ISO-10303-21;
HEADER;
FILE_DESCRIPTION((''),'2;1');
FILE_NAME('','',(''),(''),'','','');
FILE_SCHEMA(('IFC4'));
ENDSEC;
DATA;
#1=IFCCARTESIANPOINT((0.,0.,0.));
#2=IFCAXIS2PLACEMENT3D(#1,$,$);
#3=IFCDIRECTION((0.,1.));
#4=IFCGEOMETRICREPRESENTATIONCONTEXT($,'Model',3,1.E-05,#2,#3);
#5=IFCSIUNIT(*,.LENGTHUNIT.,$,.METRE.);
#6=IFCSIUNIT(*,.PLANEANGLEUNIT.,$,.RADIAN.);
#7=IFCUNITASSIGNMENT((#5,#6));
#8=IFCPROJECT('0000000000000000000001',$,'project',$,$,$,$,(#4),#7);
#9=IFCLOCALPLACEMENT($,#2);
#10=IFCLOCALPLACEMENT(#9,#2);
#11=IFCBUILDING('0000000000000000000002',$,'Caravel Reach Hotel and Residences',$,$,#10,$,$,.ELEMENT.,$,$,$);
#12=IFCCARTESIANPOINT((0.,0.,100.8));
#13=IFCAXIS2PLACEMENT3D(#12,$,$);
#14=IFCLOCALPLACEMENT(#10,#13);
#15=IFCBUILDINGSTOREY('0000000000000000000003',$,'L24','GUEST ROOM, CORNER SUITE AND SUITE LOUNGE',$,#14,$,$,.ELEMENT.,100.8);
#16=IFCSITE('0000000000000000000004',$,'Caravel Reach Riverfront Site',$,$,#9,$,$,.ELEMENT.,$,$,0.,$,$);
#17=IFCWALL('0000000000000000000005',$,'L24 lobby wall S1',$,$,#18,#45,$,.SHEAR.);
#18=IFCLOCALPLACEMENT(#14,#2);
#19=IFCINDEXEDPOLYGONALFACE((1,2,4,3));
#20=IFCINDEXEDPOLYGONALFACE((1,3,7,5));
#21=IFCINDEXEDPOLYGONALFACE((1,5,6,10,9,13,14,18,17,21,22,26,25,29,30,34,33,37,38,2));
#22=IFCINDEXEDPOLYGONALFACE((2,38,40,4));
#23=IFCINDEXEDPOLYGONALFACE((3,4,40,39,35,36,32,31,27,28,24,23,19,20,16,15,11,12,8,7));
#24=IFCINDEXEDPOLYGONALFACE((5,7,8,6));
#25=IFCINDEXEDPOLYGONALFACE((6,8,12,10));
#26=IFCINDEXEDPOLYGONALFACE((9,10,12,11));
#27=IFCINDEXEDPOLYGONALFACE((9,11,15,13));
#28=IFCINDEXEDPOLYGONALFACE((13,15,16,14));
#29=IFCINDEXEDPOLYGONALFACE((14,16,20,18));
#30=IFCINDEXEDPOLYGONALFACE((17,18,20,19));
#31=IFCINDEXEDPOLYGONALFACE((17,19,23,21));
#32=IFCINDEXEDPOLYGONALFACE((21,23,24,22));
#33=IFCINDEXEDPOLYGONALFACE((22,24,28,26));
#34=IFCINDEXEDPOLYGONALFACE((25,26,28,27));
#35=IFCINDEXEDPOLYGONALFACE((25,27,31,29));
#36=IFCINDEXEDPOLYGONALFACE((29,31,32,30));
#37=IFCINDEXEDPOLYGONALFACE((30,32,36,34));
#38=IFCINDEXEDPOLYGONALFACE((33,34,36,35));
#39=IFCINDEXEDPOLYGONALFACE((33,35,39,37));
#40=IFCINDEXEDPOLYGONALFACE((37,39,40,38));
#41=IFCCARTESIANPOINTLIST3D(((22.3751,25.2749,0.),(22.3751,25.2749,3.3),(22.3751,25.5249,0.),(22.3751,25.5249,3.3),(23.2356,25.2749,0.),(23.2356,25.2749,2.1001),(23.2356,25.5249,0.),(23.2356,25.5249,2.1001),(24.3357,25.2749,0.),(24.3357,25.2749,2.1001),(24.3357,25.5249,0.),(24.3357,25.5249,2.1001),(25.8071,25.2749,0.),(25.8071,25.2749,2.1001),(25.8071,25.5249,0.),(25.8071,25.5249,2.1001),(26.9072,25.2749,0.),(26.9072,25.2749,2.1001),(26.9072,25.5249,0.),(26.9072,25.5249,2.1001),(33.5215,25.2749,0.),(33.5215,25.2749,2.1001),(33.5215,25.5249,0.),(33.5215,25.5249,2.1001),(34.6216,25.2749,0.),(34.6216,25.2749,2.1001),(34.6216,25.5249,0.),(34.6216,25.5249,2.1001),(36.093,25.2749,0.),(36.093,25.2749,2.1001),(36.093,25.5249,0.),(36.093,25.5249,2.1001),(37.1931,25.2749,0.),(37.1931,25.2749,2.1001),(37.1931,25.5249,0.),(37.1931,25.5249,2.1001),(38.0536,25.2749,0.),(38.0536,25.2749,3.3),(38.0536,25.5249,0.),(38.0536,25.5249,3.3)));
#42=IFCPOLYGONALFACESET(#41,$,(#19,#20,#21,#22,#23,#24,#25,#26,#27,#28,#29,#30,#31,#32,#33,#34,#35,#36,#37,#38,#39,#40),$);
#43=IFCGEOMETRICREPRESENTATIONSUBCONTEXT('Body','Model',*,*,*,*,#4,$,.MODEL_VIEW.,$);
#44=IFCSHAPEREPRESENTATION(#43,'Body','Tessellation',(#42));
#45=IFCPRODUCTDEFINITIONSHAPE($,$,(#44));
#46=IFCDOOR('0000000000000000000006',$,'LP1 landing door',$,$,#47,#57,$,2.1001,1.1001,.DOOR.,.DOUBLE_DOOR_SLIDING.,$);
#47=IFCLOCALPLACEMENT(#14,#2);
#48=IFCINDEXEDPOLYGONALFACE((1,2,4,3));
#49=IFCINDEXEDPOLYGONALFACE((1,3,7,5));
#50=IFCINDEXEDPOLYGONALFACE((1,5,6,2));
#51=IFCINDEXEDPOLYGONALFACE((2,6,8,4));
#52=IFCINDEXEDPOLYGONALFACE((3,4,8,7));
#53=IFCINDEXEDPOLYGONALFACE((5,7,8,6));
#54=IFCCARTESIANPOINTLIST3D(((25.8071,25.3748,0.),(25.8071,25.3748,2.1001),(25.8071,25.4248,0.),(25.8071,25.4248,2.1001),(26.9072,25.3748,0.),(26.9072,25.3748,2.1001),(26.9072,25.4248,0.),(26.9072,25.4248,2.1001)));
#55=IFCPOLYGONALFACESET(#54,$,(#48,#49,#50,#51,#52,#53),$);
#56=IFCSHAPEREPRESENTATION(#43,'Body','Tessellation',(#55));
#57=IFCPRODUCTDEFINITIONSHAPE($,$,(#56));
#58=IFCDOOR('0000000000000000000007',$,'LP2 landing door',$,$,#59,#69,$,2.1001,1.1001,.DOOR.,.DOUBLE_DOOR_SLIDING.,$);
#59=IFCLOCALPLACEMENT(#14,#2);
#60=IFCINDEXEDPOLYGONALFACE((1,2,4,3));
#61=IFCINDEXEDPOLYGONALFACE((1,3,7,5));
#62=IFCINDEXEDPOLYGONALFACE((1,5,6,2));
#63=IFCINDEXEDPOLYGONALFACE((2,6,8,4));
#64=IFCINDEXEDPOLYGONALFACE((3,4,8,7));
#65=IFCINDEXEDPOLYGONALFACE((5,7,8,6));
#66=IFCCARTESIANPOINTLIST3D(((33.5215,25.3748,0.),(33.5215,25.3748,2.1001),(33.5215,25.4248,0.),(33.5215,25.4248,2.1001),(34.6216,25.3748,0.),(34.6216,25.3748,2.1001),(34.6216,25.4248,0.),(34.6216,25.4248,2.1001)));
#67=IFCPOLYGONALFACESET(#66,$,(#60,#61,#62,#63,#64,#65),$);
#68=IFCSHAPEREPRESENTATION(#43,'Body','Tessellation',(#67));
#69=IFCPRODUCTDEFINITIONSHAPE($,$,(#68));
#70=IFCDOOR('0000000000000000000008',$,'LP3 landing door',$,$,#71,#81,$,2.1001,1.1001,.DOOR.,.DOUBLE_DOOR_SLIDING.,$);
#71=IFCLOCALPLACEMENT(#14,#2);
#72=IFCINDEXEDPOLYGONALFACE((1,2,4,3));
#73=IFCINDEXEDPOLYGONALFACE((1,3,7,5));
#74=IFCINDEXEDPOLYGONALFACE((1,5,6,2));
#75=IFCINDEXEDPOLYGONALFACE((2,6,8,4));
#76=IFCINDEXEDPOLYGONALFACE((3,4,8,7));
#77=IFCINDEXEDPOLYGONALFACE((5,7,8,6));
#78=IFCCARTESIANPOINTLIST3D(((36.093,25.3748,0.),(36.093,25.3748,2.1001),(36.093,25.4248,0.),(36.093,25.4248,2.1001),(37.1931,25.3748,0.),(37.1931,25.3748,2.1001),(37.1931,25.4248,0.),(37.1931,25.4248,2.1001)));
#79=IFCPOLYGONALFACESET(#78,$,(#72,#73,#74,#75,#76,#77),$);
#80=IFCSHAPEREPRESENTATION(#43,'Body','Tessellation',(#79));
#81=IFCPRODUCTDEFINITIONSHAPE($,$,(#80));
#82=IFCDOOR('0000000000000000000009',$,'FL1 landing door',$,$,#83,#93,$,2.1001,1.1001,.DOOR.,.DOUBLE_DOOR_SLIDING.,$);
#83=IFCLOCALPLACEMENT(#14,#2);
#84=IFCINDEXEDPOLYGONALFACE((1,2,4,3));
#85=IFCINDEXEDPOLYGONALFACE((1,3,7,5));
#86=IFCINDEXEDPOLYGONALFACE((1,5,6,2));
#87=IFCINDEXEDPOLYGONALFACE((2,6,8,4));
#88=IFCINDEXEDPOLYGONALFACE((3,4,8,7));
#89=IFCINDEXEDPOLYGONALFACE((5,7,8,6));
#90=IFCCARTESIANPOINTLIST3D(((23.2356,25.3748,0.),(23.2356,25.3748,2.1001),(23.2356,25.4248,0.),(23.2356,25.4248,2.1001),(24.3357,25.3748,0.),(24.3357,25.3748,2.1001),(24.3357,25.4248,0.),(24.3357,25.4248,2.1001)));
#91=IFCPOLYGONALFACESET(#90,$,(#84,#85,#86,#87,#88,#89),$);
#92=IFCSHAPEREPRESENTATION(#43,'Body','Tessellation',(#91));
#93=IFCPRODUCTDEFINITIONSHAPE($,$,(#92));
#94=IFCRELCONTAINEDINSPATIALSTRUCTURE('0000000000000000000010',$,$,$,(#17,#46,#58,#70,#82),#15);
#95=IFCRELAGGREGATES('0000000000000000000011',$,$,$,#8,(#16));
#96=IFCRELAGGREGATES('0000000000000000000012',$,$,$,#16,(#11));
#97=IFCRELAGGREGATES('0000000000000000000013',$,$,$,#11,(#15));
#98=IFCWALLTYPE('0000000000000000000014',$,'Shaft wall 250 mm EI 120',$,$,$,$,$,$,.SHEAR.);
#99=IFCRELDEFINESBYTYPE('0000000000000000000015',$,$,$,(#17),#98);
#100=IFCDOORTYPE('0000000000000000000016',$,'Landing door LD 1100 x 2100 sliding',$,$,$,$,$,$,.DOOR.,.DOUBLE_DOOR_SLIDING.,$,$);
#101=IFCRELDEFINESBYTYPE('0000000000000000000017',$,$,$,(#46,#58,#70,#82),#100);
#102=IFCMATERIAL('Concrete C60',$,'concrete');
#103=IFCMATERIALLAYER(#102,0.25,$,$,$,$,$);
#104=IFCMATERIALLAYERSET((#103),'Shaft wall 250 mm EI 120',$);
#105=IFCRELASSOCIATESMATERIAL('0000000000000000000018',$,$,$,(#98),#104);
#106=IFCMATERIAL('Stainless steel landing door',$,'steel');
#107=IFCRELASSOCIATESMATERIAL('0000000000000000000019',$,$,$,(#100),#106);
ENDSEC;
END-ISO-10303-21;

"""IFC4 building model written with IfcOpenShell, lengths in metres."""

from ifc_helpers import new_model, si_unit, direction, frame, frame_2d, origin, place, context, subcontext, project, spatial, rectangle, extrude, material, layer, layer_set, type_object, element, fill, save


model = new_model("IFC4")

# Units and contexts
model_context = context("Model", 3, precision=1e-05, world=origin(), true_north=direction((0.0, 1.0)))
body_context = subcontext(model_context, "Body", "Model", "MODEL_VIEW")
ifc_project = project(units=[si_unit("LENGTHUNIT", "METRE"), si_unit("PLANEANGLEUNIT", "RADIAN")], contexts=[model_context])

# Site, building, storey
site_placement = place(None, origin())
site = spatial("IfcSite", under=ifc_project, at=site_placement, Name="Caravel Reach Riverfront Site", CompositionType="ELEMENT", RefElevation=0.0)
building_placement = place(site_placement, origin())
building = spatial("IfcBuilding", under=site, at=building_placement, Name="Caravel Reach Hotel and Residences", CompositionType="ELEMENT")
storey_placement = place(building_placement, frame((0.0, 0.0, 100.8)))
storey = spatial("IfcBuildingStorey", under=building, at=storey_placement, Name="L24", Description="GUEST ROOM, CORNER SUITE AND SUITE LOUNGE", CompositionType="ELEMENT", Elevation=100.8)

# Wall, openings, doors
ifc_material_1 = material(Name="Concrete C60", Category="concrete")
ifc_layer_1 = layer(ifc_material_1, 0.25)
ifc_layer_set_1 = layer_set([ifc_layer_1], Name="Shaft wall 250 mm EI 120")
wall_type_1 = type_object("IfcWallType", Name="Shaft wall 250 mm EI 120", PredefinedType="SHEAR", material=ifc_layer_set_1)
wall_1_placement = place(storey_placement, frame((22.375, 25.3999, 0.0), z_axis=(0.0, 0.0, 1.0), x_axis=(1.0, 0.0, 0.0)))
wall_1 = element("IfcWall", 1, at=wall_1_placement, inside=storey, type_object=wall_type_1, Name="L24 lobby wall S1", PredefinedType="SHEAR", context=body_context, shape_type="SweptSolid", body=[
    extrude(rectangle(XDim=15.6785, YDim=0.25, at=frame_2d((7.8394, 0.0))), origin(), (0.0, 0.0, 1.0), 3.3),
])
opening_1_placement = place(wall_1_placement, frame((3.4321, 0.0, 0.0)))
opening_1 = element("IfcOpeningElement", 2, at=opening_1_placement, cuts=wall_1, PredefinedType="OPENING", context=body_context, shape_type="SweptSolid", body=[
    extrude(rectangle(XDim=1.1001, YDim=2.1001, at=frame_2d((0.55, 1.05))), frame((0.0, 0.135, 0.0), z_axis=(0.0, -1.0, 0.0), x_axis=(1.0, 0.0, 0.0)), (0.0, 0.0, 1.0), 0.27),
])
opening_2_placement = place(wall_1_placement, frame((11.1465, 0.0, 0.0)))
opening_2 = element("IfcOpeningElement", 3, at=opening_2_placement, cuts=wall_1, PredefinedType="OPENING", context=body_context, shape_type="SweptSolid", body=[
    extrude(rectangle(XDim=1.1001, YDim=2.1001, at=frame_2d((0.55, 1.05))), frame((0.0, 0.135, 0.0), z_axis=(0.0, -1.0, 0.0), x_axis=(1.0, 0.0, 0.0)), (0.0, 0.0, 1.0), 0.27),
])
opening_3_placement = place(wall_1_placement, frame((13.718, 0.0, 0.0)))
opening_3 = element("IfcOpeningElement", 4, at=opening_3_placement, cuts=wall_1, PredefinedType="OPENING", context=body_context, shape_type="SweptSolid", body=[
    extrude(rectangle(XDim=1.1001, YDim=2.1001, at=frame_2d((0.55, 1.05))), frame((0.0, 0.135, 0.0), z_axis=(0.0, -1.0, 0.0), x_axis=(1.0, 0.0, 0.0)), (0.0, 0.0, 1.0), 0.27),
])
opening_4_placement = place(wall_1_placement, frame((0.8606, 0.0, 0.0)))
opening_4 = element("IfcOpeningElement", 5, at=opening_4_placement, cuts=wall_1, PredefinedType="OPENING", context=body_context, shape_type="SweptSolid", body=[
    extrude(rectangle(XDim=1.1001, YDim=2.1001, at=frame_2d((0.55, 1.05))), frame((0.0, 0.135, 0.0), z_axis=(0.0, -1.0, 0.0), x_axis=(1.0, 0.0, 0.0)), (0.0, 0.0, 1.0), 0.27),
])
ifc_material_2 = material(Name="Stainless steel landing door", Category="steel")
door_type_1 = type_object("IfcDoorType", Name="Landing door LD 1100 x 2100 sliding", OperationType="DOUBLE_DOOR_SLIDING", PredefinedType="DOOR", material=ifc_material_2)
door_1_placement = place(opening_1_placement, origin())
door_1 = element("IfcDoor", 6, at=door_1_placement, inside=storey, type_object=door_type_1, Name="LP1 landing door", OperationType="DOUBLE_DOOR_SLIDING", OverallHeight=2.1001, OverallWidth=1.1001, PredefinedType="DOOR", context=body_context, shape_type="SweptSolid", body=[
    extrude(rectangle(XDim=1.1001, YDim=2.1001, at=frame_2d((0.55, 1.05))), frame((0.0, 0.0249, 0.0), z_axis=(0.0, -1.0, 0.0), x_axis=(1.0, 0.0, 0.0)), (0.0, 0.0, 1.0), 0.05),
])
fill(opening_1, door_1)
door_2_placement = place(opening_2_placement, origin())
door_2 = element("IfcDoor", 7, at=door_2_placement, inside=storey, type_object=door_type_1, Name="LP2 landing door", OperationType="DOUBLE_DOOR_SLIDING", OverallHeight=2.1001, OverallWidth=1.1001, PredefinedType="DOOR", context=body_context, shape_type="SweptSolid", body=[
    extrude(rectangle(XDim=1.1001, YDim=2.1001, at=frame_2d((0.55, 1.05))), frame((0.0, 0.0249, 0.0), z_axis=(0.0, -1.0, 0.0), x_axis=(1.0, 0.0, 0.0)), (0.0, 0.0, 1.0), 0.05),
])
fill(opening_2, door_2)
door_3_placement = place(opening_3_placement, origin())
door_3 = element("IfcDoor", 8, at=door_3_placement, inside=storey, type_object=door_type_1, Name="LP3 landing door", OperationType="DOUBLE_DOOR_SLIDING", OverallHeight=2.1001, OverallWidth=1.1001, PredefinedType="DOOR", context=body_context, shape_type="SweptSolid", body=[
    extrude(rectangle(XDim=1.1001, YDim=2.1001, at=frame_2d((0.55, 1.05))), frame((0.0, 0.0249, 0.0), z_axis=(0.0, -1.0, 0.0), x_axis=(1.0, 0.0, 0.0)), (0.0, 0.0, 1.0), 0.05),
])
fill(opening_3, door_3)
door_4_placement = place(opening_4_placement, origin())
door_4 = element("IfcDoor", 9, at=door_4_placement, inside=storey, type_object=door_type_1, Name="FL1 landing door", OperationType="DOUBLE_DOOR_SLIDING", OverallHeight=2.1001, OverallWidth=1.1001, PredefinedType="DOOR", context=body_context, shape_type="SweptSolid", body=[
    extrude(rectangle(XDim=1.1001, YDim=2.1001, at=frame_2d((0.55, 1.05))), frame((0.0, 0.0249, 0.0), z_axis=(0.0, -1.0, 0.0), x_axis=(1.0, 0.0, 0.0)), (0.0, 0.0, 1.0), 0.05),
])
fill(opening_4, door_4)

save(model, "model.ifc")
